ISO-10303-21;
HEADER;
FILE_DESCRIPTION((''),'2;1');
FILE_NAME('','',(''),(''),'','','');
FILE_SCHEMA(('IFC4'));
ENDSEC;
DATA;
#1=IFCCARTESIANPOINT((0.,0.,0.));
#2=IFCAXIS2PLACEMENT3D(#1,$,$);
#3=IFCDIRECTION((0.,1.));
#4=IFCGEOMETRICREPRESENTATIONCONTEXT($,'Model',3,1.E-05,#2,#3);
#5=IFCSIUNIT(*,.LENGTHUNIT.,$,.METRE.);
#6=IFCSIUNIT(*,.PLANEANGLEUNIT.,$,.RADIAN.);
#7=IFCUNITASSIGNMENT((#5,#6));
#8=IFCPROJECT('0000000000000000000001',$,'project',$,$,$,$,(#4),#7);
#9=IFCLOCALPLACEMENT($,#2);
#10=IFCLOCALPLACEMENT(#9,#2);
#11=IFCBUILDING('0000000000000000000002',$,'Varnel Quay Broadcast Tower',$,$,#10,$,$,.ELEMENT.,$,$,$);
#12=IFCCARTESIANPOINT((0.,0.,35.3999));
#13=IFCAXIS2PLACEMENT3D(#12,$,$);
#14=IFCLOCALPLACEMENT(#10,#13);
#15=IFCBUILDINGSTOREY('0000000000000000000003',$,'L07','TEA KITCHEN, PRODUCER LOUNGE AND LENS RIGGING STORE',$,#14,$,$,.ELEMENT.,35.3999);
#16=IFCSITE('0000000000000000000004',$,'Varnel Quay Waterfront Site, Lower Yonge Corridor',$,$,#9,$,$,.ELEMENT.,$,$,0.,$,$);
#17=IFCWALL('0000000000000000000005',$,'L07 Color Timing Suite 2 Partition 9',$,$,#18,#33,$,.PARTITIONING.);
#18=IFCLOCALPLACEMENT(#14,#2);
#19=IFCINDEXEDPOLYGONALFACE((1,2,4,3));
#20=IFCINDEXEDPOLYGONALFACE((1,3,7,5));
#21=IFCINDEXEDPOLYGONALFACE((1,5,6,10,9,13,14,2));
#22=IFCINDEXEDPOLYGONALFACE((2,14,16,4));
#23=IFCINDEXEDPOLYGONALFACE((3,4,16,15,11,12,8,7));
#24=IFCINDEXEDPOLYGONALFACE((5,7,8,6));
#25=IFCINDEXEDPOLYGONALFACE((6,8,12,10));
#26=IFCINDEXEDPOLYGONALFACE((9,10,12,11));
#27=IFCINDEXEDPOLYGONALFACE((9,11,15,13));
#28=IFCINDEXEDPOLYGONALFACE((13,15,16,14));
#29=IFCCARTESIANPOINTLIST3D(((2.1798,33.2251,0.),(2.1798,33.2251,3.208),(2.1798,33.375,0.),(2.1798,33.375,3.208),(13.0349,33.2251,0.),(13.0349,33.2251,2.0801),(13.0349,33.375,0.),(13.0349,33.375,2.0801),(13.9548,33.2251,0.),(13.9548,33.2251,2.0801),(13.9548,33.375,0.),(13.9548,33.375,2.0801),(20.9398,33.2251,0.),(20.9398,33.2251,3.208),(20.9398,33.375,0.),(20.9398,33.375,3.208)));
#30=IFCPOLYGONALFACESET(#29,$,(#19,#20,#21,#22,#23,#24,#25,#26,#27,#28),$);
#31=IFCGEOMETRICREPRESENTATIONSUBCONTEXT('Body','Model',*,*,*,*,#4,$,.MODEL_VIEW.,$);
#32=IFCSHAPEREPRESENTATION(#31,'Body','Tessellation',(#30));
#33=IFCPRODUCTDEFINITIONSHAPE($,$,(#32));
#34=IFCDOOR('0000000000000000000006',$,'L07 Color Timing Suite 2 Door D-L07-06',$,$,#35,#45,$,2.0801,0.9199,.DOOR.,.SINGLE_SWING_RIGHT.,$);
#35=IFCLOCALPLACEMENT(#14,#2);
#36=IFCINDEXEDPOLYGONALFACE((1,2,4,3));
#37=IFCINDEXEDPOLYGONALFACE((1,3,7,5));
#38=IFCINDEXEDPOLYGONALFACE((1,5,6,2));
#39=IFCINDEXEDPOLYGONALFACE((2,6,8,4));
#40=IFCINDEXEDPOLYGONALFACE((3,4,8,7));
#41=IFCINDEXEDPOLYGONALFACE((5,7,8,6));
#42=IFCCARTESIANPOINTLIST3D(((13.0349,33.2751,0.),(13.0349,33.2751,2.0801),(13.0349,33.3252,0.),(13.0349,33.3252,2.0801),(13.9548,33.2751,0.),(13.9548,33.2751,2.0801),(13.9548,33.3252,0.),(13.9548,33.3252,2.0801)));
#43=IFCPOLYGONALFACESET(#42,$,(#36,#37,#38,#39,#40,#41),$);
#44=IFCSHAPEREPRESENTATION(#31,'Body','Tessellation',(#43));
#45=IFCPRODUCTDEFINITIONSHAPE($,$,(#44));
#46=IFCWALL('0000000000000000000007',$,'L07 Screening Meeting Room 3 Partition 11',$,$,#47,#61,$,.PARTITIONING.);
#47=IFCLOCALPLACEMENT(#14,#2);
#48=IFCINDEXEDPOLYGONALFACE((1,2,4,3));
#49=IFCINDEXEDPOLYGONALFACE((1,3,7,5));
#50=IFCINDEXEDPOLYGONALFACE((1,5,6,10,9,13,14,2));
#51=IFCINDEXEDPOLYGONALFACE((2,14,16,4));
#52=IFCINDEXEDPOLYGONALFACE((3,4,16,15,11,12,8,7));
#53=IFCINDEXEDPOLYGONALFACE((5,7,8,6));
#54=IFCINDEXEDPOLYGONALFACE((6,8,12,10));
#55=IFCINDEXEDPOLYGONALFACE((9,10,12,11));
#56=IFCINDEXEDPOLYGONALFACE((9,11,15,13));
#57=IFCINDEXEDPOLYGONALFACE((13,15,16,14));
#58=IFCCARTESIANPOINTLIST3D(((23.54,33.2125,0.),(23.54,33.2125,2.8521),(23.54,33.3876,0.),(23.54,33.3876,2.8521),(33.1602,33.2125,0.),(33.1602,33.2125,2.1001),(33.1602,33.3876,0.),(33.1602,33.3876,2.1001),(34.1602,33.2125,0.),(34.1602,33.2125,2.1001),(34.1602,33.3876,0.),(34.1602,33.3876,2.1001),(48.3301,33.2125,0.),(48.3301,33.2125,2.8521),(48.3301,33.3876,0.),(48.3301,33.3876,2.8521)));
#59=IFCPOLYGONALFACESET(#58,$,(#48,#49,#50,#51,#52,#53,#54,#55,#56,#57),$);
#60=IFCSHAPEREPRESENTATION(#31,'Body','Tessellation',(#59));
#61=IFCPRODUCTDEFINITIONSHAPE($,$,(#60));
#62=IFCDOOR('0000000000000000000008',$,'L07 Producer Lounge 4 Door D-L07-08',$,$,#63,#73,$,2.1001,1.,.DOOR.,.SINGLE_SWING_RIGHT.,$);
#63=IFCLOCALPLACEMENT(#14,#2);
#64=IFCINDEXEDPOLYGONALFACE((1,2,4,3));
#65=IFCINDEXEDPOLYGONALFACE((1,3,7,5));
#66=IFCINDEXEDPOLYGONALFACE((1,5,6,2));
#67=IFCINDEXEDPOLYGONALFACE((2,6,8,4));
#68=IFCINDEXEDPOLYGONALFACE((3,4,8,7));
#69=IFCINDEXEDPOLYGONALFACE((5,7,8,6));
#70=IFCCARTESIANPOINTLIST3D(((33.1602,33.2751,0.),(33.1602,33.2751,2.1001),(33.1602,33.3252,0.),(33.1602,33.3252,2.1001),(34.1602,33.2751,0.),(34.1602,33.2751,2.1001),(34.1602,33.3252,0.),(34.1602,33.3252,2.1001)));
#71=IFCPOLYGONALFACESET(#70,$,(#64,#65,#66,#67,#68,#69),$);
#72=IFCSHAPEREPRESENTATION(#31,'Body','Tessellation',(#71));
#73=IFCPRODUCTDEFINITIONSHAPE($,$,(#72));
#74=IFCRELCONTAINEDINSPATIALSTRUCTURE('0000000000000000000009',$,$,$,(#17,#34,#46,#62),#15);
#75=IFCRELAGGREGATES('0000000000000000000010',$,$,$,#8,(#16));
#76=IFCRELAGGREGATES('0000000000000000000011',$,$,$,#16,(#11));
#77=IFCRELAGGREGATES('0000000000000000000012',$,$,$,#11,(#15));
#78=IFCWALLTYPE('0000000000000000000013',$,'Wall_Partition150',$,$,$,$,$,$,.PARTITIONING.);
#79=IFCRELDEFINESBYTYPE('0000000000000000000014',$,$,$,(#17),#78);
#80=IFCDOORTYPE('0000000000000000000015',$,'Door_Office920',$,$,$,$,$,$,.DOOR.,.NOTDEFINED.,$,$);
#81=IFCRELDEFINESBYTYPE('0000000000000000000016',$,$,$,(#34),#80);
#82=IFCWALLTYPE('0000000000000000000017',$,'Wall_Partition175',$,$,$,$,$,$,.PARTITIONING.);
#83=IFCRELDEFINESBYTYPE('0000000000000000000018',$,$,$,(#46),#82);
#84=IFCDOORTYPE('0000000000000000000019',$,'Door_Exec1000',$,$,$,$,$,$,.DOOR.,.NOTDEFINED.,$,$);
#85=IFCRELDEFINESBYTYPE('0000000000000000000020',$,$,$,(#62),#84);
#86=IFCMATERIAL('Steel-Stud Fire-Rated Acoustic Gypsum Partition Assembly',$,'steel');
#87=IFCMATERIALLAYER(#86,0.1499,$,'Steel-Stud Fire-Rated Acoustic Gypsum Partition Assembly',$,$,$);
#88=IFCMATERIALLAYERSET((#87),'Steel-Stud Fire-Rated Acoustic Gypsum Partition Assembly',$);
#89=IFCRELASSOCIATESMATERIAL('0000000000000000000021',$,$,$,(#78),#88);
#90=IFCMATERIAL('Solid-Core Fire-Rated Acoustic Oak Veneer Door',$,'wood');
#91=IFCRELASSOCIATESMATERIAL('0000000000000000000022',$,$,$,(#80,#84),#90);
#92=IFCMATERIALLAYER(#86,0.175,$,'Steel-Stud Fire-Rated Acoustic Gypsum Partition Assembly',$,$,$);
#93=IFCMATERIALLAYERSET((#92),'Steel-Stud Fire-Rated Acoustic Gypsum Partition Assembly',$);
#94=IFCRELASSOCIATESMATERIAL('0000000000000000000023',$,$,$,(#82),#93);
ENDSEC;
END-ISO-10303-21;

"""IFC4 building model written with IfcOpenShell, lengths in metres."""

from ifc_helpers import new_model, si_unit, direction, frame, frame_2d, origin, place, context, subcontext, project, spatial, rectangle, extrude, source, transform, mapped, material, layer, layer_set, type_object, type_shapes, element, fill, save


model = new_model("IFC4")

# Units and contexts
model_context = context("Model", 3, precision=1e-05, world=origin(), true_north=direction((0.0, 1.0)))
body_context = subcontext(model_context, "Body", "Model", "MODEL_VIEW")
ifc_project = project(units=[si_unit("LENGTHUNIT", "METRE"), si_unit("PLANEANGLEUNIT", "RADIAN")], contexts=[model_context])

# Site, building, storey
site_placement = place(None, origin())
site = spatial("IfcSite", under=ifc_project, at=site_placement, Name="Varnel Quay Waterfront Site, Lower Yonge Corridor", CompositionType="ELEMENT", RefElevation=0.0)
building_placement = place(site_placement, origin())
building = spatial("IfcBuilding", under=site, at=building_placement, Name="Varnel Quay Broadcast Tower", CompositionType="ELEMENT")
storey_placement = place(building_placement, frame((0.0, 0.0, 35.3999)))
storey = spatial("IfcBuildingStorey", under=building, at=storey_placement, Name="L07", Description="TEA KITCHEN, PRODUCER LOUNGE AND LENS RIGGING STORE", CompositionType="ELEMENT", Elevation=35.3999)

# Shared definitions
ifc_material_1 = material(Name="Steel-Stud Fire-Rated Acoustic Gypsum Partition Assembly", Category="steel")

# Walls, openings, doors
ifc_layer_1 = layer(ifc_material_1, 0.1499, Name="Steel-Stud Fire-Rated Acoustic Gypsum Partition Assembly")
ifc_layer_set_1 = layer_set([ifc_layer_1], Name="Steel-Stud Fire-Rated Acoustic Gypsum Partition Assembly")
wall_type_1 = type_object("IfcWallType", Name="Wall_Partition150", PredefinedType="PARTITIONING", material=ifc_layer_set_1)
wall_1_placement = place(storey_placement, frame((2.1799, 33.3, 0.0), z_axis=(0.0, 0.0, 1.0), x_axis=(1.0, 0.0, 0.0)))
wall_1 = element("IfcWall", 1, at=wall_1_placement, inside=storey, type_object=wall_type_1, Name="L07 Color Timing Suite 2 Partition 9", PredefinedType="PARTITIONING", context=body_context, shape_type="SweptSolid", body=[
    extrude(rectangle(XDim=18.76, YDim=0.1499, at=frame_2d((9.3799, 0.0))), origin(), (0.0, 0.0, 1.0), 3.208),
])
opening_1_placement = place(wall_1_placement, frame((10.855, 0.0, 0.0)))
opening_1 = element("IfcOpeningElement", 2, at=opening_1_placement, cuts=wall_1, PredefinedType="OPENING", context=body_context, shape_type="SweptSolid", body=[
    extrude(rectangle(XDim=0.9199, YDim=2.0801, at=frame_2d((0.46, 1.04))), frame((0.0, 0.085, 0.0), z_axis=(0.0, -1.0, 0.0), x_axis=(1.0, 0.0, 0.0)), (0.0, 0.0, 1.0), 0.1699),
])
ifc_material_2 = material(Name="Solid-Core Fire-Rated Acoustic Oak Veneer Door", Category="wood")
door_type_1 = type_object("IfcDoorType", Name="Door_Office920", OperationType="NOTDEFINED", PredefinedType="DOOR", material=ifc_material_2)
shared_shape_1 = source(origin(), body_context, "Body", "SweptSolid", [
    extrude(rectangle(XDim=0.9199, YDim=2.0801, at=frame_2d((0.46, 1.04))), frame((0.0, 0.0249, 0.0), z_axis=(0.0, -1.0, 0.0), x_axis=(1.0, 0.0, 0.0)), (0.0, 0.0, 1.0), 0.05),
])
type_shapes(door_type_1, [shared_shape_1])
door_1_placement = place(opening_1_placement, frame((0.9199, 0.0, 0.0), z_axis=(0.0, 0.0, 1.0), x_axis=(-1.0, 0.0, 0.0)))
door_1 = element("IfcDoor", 3, at=door_1_placement, inside=storey, type_object=door_type_1, Name="L07 Color Timing Suite 2 Door D-L07-06", OperationType="SINGLE_SWING_RIGHT", OverallHeight=2.0801, OverallWidth=0.9199, PredefinedType="DOOR", context=body_context, shape_type="MappedRepresentation", body=[
    mapped(shared_shape_1, transform((0.0, 0.0, 0.0), x_axis=(1.0, 0.0, 0.0), y_axis=(0.0, 1.0, 0.0), z_axis=(0.0, 0.0, 1.0), scale=1.0)),
])
fill(opening_1, door_1)
ifc_layer_2 = layer(ifc_material_1, 0.175, Name="Steel-Stud Fire-Rated Acoustic Gypsum Partition Assembly")
ifc_layer_set_2 = layer_set([ifc_layer_2], Name="Steel-Stud Fire-Rated Acoustic Gypsum Partition Assembly")
wall_type_2 = type_object("IfcWallType", Name="Wall_Partition175", PredefinedType="PARTITIONING", material=ifc_layer_set_2)
wall_2_placement = place(storey_placement, frame((23.54, 33.3, 0.0), z_axis=(0.0, 0.0, 1.0), x_axis=(1.0, 0.0, 0.0)))
wall_2 = element("IfcWall", 4, at=wall_2_placement, inside=storey, type_object=wall_type_2, Name="L07 Screening Meeting Room 3 Partition 11", PredefinedType="PARTITIONING", context=body_context, shape_type="SweptSolid", body=[
    extrude(rectangle(XDim=24.79, YDim=0.175, at=frame_2d((12.395, 0.0))), origin(), (0.0, 0.0, 1.0), 2.8521),
])
opening_2_placement = place(wall_2_placement, frame((9.6201, 0.0, 0.0)))
opening_2 = element("IfcOpeningElement", 5, at=opening_2_placement, cuts=wall_2, PredefinedType="OPENING", context=body_context, shape_type="SweptSolid", body=[
    extrude(rectangle(XDim=1.0, YDim=2.1001, at=frame_2d((0.5, 1.05))), frame((0.0, 0.0977, 0.0), z_axis=(0.0, -1.0, 0.0), x_axis=(1.0, 0.0, 0.0)), (0.0, 0.0, 1.0), 0.1951),
])
door_type_2 = type_object("IfcDoorType", Name="Door_Exec1000", OperationType="NOTDEFINED", PredefinedType="DOOR", material=ifc_material_2)
shared_shape_2 = source(origin(), body_context, "Body", "SweptSolid", [
    extrude(rectangle(XDim=1.0, YDim=2.1001, at=frame_2d((0.5, 1.05))), frame((0.0, 0.0249, 0.0), z_axis=(0.0, -1.0, 0.0), x_axis=(1.0, 0.0, 0.0)), (0.0, 0.0, 1.0), 0.05),
])
type_shapes(door_type_2, [shared_shape_2])
door_2_placement = place(opening_2_placement, frame((1.0, 0.0, 0.0), z_axis=(0.0, 0.0, 1.0), x_axis=(-1.0, 0.0, 0.0)))
door_2 = element("IfcDoor", 6, at=door_2_placement, inside=storey, type_object=door_type_2, Name="L07 Producer Lounge 4 Door D-L07-08", OperationType="SINGLE_SWING_RIGHT", OverallHeight=2.1001, OverallWidth=1.0, PredefinedType="DOOR", context=body_context, shape_type="MappedRepresentation", body=[
    mapped(shared_shape_2, transform((0.0, 0.0, 0.0), x_axis=(1.0, 0.0, 0.0), y_axis=(0.0, 1.0, 0.0), z_axis=(0.0, 0.0, 1.0), scale=1.0)),
])
fill(opening_2, door_2)

save(model, "model.ifc")
